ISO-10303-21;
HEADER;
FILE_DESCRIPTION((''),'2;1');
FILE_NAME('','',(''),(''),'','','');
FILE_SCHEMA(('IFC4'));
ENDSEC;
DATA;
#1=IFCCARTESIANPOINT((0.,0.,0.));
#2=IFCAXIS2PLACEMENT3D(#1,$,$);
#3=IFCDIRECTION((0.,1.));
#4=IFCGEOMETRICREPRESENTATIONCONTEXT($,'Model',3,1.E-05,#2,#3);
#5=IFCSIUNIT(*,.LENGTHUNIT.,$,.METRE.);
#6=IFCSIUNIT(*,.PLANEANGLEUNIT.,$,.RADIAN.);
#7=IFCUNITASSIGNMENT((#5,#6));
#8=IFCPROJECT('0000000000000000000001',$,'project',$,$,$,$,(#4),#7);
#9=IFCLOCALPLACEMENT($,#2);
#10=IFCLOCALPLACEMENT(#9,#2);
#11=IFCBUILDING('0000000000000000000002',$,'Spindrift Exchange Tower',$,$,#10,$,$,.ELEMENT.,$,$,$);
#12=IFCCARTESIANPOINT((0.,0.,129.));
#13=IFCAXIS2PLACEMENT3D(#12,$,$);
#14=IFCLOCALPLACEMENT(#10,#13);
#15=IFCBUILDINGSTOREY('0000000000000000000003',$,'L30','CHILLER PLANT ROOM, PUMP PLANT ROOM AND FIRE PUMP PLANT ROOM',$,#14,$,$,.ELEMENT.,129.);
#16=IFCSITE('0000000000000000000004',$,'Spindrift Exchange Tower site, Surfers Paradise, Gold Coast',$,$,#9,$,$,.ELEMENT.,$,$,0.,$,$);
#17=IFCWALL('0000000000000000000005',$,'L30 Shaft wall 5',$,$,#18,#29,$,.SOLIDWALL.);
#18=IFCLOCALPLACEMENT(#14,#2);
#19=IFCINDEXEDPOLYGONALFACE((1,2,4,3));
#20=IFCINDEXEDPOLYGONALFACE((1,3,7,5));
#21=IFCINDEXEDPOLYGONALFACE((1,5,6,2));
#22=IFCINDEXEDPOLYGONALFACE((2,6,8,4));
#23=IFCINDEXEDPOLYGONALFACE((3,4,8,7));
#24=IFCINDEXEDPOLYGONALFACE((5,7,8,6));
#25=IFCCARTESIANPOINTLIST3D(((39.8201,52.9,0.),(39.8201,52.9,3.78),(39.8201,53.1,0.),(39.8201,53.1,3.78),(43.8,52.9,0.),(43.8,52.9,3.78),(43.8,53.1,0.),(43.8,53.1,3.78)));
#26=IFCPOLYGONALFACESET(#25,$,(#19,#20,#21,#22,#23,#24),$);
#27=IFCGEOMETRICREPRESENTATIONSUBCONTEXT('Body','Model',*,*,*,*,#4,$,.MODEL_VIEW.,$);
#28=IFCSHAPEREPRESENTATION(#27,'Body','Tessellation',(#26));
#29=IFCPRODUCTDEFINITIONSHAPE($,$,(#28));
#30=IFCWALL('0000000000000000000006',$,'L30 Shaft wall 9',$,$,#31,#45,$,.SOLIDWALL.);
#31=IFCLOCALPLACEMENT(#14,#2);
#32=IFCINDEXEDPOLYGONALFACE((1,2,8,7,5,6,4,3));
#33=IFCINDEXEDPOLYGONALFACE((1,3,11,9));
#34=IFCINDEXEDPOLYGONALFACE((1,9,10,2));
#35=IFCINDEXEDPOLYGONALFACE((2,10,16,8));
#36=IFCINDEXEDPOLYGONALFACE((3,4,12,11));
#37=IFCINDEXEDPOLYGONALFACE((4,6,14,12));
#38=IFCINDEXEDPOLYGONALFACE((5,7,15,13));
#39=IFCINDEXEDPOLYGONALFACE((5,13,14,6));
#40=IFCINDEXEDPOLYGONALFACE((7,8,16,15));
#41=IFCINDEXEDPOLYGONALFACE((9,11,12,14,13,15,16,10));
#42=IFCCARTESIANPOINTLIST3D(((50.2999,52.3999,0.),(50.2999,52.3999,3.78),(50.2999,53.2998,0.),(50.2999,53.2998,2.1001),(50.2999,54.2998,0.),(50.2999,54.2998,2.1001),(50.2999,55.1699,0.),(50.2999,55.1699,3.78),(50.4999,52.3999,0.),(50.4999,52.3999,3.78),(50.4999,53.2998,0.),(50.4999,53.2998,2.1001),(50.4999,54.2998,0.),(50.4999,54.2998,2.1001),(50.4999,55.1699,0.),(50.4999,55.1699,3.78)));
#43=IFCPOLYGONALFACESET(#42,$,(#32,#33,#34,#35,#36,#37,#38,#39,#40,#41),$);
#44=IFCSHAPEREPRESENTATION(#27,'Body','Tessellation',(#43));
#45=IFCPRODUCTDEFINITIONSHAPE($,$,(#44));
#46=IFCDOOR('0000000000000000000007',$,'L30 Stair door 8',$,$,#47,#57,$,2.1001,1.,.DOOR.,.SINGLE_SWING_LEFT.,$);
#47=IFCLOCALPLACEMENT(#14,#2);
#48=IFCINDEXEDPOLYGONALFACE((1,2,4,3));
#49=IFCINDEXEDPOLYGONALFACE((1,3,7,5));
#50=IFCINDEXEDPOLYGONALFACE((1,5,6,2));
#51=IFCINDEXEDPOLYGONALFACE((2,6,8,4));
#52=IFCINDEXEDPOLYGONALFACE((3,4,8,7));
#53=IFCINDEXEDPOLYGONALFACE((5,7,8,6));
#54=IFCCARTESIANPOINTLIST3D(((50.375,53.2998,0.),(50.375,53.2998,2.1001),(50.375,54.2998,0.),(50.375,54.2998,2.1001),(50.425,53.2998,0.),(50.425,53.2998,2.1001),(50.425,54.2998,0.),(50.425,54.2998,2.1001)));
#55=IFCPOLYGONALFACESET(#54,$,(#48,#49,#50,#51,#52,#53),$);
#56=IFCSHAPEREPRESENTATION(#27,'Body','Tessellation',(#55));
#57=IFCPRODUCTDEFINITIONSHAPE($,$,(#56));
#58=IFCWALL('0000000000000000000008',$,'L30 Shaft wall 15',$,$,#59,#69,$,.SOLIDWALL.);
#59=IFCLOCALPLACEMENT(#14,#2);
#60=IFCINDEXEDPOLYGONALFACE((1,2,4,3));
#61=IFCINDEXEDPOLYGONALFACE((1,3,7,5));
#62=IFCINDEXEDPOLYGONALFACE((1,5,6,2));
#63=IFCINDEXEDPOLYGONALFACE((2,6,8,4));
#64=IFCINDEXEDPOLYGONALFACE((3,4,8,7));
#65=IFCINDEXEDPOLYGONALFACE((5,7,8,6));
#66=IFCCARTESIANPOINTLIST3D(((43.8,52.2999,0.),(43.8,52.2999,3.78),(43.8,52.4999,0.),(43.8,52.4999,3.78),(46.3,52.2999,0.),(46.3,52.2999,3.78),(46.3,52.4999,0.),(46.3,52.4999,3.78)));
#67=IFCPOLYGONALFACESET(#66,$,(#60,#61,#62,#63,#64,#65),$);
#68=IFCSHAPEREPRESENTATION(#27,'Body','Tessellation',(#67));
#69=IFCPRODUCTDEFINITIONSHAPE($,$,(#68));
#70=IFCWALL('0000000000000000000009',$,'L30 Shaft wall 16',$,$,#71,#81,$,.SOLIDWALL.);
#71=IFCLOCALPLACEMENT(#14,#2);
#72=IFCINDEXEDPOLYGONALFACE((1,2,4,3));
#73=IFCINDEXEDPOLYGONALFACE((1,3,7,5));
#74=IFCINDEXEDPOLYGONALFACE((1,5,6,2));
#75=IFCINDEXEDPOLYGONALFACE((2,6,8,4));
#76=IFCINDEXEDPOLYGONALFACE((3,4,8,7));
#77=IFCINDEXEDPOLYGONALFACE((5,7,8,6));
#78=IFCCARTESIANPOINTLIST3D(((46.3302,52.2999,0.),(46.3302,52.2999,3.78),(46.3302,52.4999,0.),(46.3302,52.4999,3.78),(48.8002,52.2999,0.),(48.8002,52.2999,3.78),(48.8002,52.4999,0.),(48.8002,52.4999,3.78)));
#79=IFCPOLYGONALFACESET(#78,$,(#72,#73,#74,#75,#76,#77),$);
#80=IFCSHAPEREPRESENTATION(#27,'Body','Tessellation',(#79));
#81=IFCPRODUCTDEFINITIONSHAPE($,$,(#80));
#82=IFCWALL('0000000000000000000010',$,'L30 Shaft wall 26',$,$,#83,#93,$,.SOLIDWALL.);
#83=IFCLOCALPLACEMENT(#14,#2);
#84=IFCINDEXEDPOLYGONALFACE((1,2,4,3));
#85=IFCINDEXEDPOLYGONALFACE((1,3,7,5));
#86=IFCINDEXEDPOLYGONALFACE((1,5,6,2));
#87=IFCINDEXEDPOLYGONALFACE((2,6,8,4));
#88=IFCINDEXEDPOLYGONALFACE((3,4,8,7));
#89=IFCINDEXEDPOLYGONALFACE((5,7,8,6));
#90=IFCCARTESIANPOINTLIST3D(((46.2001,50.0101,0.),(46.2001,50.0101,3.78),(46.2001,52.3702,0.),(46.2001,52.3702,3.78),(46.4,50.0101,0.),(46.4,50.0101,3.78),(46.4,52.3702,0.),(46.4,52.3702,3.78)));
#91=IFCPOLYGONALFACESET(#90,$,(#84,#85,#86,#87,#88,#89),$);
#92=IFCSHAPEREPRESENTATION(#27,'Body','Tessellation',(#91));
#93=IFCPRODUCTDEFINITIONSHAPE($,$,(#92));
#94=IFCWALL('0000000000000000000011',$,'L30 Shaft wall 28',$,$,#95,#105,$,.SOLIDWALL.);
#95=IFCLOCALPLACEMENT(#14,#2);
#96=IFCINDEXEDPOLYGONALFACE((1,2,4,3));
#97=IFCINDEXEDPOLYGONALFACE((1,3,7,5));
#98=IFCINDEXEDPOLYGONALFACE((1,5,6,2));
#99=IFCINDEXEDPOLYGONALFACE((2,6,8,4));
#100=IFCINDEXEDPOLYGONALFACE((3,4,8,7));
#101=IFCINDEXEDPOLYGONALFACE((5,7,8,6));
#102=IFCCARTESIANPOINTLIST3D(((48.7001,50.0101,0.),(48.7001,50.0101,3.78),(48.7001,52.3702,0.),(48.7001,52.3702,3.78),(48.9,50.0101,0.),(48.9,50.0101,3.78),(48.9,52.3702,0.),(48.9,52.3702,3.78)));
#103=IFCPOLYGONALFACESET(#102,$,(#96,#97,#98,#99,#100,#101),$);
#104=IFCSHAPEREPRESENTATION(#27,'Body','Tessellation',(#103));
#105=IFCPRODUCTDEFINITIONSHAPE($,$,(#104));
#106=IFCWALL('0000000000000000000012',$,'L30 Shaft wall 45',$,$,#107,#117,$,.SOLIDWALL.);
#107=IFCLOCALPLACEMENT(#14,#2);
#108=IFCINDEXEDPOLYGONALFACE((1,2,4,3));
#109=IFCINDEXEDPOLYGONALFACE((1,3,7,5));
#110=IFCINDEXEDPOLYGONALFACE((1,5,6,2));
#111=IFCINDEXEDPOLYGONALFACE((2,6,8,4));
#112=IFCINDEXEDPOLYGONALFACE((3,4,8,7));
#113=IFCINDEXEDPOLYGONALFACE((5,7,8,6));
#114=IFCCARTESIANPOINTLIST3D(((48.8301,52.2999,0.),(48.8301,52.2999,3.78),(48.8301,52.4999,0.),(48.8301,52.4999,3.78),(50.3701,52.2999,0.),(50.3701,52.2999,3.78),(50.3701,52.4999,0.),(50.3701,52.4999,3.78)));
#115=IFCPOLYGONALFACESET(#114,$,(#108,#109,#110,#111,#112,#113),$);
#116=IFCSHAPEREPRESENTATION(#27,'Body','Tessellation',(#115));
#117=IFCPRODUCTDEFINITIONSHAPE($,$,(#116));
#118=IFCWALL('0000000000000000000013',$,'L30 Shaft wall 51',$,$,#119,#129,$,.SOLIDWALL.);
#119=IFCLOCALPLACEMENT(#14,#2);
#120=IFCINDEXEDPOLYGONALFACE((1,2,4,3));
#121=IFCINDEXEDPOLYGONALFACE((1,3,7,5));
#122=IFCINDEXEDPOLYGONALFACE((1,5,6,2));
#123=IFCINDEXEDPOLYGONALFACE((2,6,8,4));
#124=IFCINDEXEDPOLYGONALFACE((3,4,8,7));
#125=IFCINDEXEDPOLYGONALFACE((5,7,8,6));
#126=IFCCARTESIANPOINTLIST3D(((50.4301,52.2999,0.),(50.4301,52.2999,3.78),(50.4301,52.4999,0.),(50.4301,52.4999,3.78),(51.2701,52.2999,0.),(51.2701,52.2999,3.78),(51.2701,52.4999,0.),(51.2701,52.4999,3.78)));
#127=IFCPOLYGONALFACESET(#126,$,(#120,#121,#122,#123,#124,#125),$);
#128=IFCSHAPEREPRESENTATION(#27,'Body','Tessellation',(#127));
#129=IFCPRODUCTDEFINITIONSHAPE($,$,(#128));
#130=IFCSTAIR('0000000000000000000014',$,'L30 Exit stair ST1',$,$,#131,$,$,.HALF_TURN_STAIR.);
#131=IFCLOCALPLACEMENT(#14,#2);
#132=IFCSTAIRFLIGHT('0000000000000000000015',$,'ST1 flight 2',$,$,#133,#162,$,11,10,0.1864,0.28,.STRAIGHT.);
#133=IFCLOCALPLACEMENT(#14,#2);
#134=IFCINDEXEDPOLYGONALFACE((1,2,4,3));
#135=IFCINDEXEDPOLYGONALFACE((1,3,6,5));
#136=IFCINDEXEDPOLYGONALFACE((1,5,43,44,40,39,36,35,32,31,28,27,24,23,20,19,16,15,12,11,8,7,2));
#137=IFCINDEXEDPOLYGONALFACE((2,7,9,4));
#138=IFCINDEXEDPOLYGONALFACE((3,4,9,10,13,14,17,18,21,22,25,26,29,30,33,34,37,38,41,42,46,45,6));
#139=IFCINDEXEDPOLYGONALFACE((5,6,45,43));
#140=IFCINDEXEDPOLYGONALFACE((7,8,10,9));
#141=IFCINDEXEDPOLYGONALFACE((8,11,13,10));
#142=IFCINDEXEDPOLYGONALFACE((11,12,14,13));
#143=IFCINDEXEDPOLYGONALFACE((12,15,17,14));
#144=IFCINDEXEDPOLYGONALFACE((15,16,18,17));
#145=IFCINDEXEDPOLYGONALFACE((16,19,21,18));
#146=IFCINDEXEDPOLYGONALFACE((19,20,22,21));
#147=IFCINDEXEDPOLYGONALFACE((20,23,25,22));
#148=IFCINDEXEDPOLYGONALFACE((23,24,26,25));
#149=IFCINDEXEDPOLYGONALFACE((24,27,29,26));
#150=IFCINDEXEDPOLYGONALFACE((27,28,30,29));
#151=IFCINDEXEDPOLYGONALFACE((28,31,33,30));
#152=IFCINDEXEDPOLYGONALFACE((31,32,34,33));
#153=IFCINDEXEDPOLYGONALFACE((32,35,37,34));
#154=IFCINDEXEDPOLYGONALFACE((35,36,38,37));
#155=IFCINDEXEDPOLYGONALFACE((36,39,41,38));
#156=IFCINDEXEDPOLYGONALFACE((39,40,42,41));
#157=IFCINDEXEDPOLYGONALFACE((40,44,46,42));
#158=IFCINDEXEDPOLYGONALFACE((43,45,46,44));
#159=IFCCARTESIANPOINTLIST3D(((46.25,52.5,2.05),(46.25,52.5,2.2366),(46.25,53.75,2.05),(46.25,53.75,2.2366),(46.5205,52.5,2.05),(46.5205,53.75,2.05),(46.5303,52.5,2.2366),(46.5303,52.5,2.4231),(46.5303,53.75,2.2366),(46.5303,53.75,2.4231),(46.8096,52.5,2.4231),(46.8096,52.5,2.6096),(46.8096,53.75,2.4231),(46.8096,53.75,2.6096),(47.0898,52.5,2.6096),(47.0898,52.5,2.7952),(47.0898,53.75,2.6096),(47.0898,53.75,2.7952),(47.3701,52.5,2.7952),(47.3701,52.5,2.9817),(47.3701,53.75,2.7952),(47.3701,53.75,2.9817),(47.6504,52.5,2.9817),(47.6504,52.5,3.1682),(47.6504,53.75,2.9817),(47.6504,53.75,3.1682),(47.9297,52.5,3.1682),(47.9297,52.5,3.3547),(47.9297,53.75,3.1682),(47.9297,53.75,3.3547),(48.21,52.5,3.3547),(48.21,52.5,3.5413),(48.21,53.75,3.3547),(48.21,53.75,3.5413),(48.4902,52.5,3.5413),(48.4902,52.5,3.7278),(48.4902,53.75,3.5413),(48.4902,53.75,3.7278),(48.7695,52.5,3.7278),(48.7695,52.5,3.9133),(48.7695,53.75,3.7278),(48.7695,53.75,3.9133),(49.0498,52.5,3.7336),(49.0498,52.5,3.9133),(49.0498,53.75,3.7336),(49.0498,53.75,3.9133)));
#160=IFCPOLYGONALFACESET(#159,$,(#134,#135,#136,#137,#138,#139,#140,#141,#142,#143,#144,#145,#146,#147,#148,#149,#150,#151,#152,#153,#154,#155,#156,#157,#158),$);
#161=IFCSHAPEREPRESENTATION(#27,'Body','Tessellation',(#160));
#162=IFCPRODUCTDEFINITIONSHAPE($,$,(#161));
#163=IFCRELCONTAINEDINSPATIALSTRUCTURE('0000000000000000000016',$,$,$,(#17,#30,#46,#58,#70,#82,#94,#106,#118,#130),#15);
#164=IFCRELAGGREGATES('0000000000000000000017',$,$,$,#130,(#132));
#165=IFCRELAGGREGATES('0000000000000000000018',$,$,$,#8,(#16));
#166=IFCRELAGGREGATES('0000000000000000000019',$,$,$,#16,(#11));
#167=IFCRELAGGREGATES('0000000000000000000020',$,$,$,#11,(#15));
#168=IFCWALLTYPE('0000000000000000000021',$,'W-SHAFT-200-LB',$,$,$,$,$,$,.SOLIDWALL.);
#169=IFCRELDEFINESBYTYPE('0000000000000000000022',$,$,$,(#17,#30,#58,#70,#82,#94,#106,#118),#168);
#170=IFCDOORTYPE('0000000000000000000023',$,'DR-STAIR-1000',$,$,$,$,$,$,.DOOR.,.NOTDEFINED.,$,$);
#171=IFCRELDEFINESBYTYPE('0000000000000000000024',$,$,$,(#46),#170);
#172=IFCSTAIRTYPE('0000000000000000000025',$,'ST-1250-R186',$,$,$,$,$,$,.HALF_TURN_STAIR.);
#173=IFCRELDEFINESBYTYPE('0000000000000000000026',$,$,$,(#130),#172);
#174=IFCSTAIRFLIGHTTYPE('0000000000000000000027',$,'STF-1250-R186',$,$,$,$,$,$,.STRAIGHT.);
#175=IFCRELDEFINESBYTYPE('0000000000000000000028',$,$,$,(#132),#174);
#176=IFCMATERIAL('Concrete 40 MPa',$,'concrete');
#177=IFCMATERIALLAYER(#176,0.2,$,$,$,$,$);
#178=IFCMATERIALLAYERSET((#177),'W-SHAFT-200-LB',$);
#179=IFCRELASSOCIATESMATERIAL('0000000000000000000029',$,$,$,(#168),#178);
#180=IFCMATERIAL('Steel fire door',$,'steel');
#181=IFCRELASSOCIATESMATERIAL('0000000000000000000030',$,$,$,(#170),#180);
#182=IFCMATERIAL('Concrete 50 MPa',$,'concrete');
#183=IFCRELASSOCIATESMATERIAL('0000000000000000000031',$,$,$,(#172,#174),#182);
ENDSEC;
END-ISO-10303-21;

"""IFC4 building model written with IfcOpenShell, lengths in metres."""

from ifc_helpers import new_model, si_unit, direction, frame, frame_2d, origin, place, context, subcontext, project, spatial, line, indexed_curve, rectangle, outline, extrude, source, transform, mapped, material, layer, layer_set, type_object, element, fill, aggregate, save


model = new_model("IFC4")

# Units and contexts
model_context = context("Model", 3, precision=1e-05, world=origin(), true_north=direction((0.0, 1.0)))
body_context = subcontext(model_context, "Body", "Model", "MODEL_VIEW")
ifc_project = project(units=[si_unit("LENGTHUNIT", "METRE"), si_unit("PLANEANGLEUNIT", "RADIAN")], contexts=[model_context])

# Site, building, storey
site_placement = place(None, origin())
site = spatial("IfcSite", under=ifc_project, at=site_placement, Name="Spindrift Exchange Tower site, Surfers Paradise, Gold Coast", CompositionType="ELEMENT", RefElevation=0.0)
building_placement = place(site_placement, origin())
building = spatial("IfcBuilding", under=site, at=building_placement, Name="Spindrift Exchange Tower", CompositionType="ELEMENT")
storey_placement = place(building_placement, frame((0.0, 0.0, 129.0)))
storey = spatial("IfcBuildingStorey", under=building, at=storey_placement, Name="L30", Description="CHILLER PLANT ROOM, PUMP PLANT ROOM AND FIRE PUMP PLANT ROOM", CompositionType="ELEMENT", Elevation=129.0)

# Wall
ifc_material_1 = material(Name="Concrete 40 MPa", Category="concrete")
ifc_layer = layer(ifc_material_1, 0.2)
ifc_layer_set = layer_set([ifc_layer], Name="W-SHAFT-200-LB")
wall_type = type_object("IfcWallType", Name="W-SHAFT-200-LB", PredefinedType="SOLIDWALL", material=ifc_layer_set)
wall_1_placement = place(storey_placement, frame((43.8, 53.0, 0.0), z_axis=(0.0, 0.0, 1.0), x_axis=(-1.0, 0.0, 0.0)))
element("IfcWall", 1, at=wall_1_placement, inside=storey, type_object=wall_type, Name="L30 Shaft wall 5", PredefinedType="SOLIDWALL", context=body_context, shape_type="SweptSolid", body=[
    extrude(rectangle(XDim=3.98, YDim=0.2, at=frame_2d((1.99, 0.0))), origin(), (0.0, 0.0, 1.0), 3.78),
])

# Wall, opening, door
wall_2_placement = place(storey_placement, frame((50.3999, 52.3999, 0.0), z_axis=(0.0, 0.0, 1.0), x_axis=(0.0, 1.0, 0.0)))
wall_2 = element("IfcWall", 2, at=wall_2_placement, inside=storey, type_object=wall_type, Name="L30 Shaft wall 9", PredefinedType="SOLIDWALL", context=body_context, shape_type="SweptSolid", body=[
    extrude(rectangle(XDim=2.77, YDim=0.2, at=frame_2d((1.385, 0.0))), origin(), (0.0, 0.0, 1.0), 3.78),
])
opening_placement = place(wall_2_placement, frame((0.8999, 0.0, 0.0)))
opening = element("IfcOpeningElement", 3, at=opening_placement, cuts=wall_2, PredefinedType="OPENING", context=body_context, shape_type="SweptSolid", body=[
    extrude(rectangle(XDim=1.0, YDim=2.1001, at=frame_2d((0.5, 1.05))), frame((0.0, 0.1099, 0.0), z_axis=(0.0, -1.0, 0.0), x_axis=(1.0, 0.0, 0.0)), (0.0, 0.0, 1.0), 0.22),
])
ifc_material_2 = material(Name="Steel fire door", Category="steel")
door_type = type_object("IfcDoorType", Name="DR-STAIR-1000", OperationType="NOTDEFINED", PredefinedType="DOOR", material=ifc_material_2)
shared_shape = source(origin(), body_context, "Body", "SweptSolid", [
    extrude(rectangle(XDim=1.0, YDim=2.1001, at=frame_2d((0.5, 1.05))), frame((0.0, 0.0249, 0.0), z_axis=(0.0, -1.0, 0.0), x_axis=(1.0, 0.0, 0.0)), (0.0, 0.0, 1.0), 0.05),
])
door_placement = place(opening_placement, origin())
door = element("IfcDoor", 4, at=door_placement, inside=storey, type_object=door_type, Name="L30 Stair door 8", OperationType="SINGLE_SWING_LEFT", OverallHeight=2.1001, OverallWidth=1.0, PredefinedType="DOOR", context=body_context, shape_type="MappedRepresentation", body=[
    mapped(shared_shape, transform((0.0, 0.0, 0.0), scale=1.0)),
])
fill(opening, door)

# Walls
wall_3_placement = place(storey_placement, frame((46.3, 52.3999, 0.0), z_axis=(0.0, 0.0, 1.0), x_axis=(-1.0, 0.0, 0.0)))
element("IfcWall", 5, at=wall_3_placement, inside=storey, type_object=wall_type, Name="L30 Shaft wall 15", PredefinedType="SOLIDWALL", context=body_context, shape_type="SweptSolid", body=[
    extrude(rectangle(XDim=2.5, YDim=0.2, at=frame_2d((1.25, 0.0))), origin(), (0.0, 0.0, 1.0), 3.78),
])
wall_4_placement = place(storey_placement, frame((48.8, 52.3999, 0.0), z_axis=(0.0, 0.0, 1.0), x_axis=(-1.0, 0.0, 0.0)))
element("IfcWall", 6, at=wall_4_placement, inside=storey, type_object=wall_type, Name="L30 Shaft wall 16", PredefinedType="SOLIDWALL", context=body_context, shape_type="SweptSolid", body=[
    extrude(rectangle(XDim=2.47, YDim=0.2, at=frame_2d((1.2349, 0.0))), origin(), (0.0, 0.0, 1.0), 3.78),
])
for number, where, z_axis, x_axis, name in (
    (7, (46.3, 50.01, 0.0), (0.0, 0.0, 1.0), (0.0, 1.0, 0.0), "L30 Shaft wall 26"),
    (8, (48.8, 50.01, 0.0), (0.0, 0.0, 1.0), (0.0, 1.0, 0.0), "L30 Shaft wall 28"),
):
    element("IfcWall", number, at=place(storey_placement, frame(where, z_axis=z_axis, x_axis=x_axis)), inside=storey, type_object=wall_type, Name=name, PredefinedType="SOLIDWALL", context=body_context, shape_type="SweptSolid", body=[
        extrude(rectangle(XDim=2.3601, YDim=0.2, at=frame_2d((1.1802, 0.0))), origin(), (0.0, 0.0, 1.0), 3.78),
    ])
wall_5_placement = place(storey_placement, frame((50.3701, 52.3999, 0.0), z_axis=(0.0, 0.0, 1.0), x_axis=(-1.0, 0.0, 0.0)))
element("IfcWall", 9, at=wall_5_placement, inside=storey, type_object=wall_type, Name="L30 Shaft wall 45", PredefinedType="SOLIDWALL", context=body_context, shape_type="SweptSolid", body=[
    extrude(rectangle(XDim=1.54, YDim=0.2, at=frame_2d((0.77, 0.0))), origin(), (0.0, 0.0, 1.0), 3.78),
])
wall_6_placement = place(storey_placement, frame((51.27, 52.3999, 0.0), z_axis=(0.0, 0.0, 1.0), x_axis=(-1.0, 0.0, 0.0)))
element("IfcWall", 10, at=wall_6_placement, inside=storey, type_object=wall_type, Name="L30 Shaft wall 51", PredefinedType="SOLIDWALL", context=body_context, shape_type="SweptSolid", body=[
    extrude(rectangle(XDim=0.8401, YDim=0.2, at=frame_2d((0.4199, 0.0))), origin(), (0.0, 0.0, 1.0), 3.78),
])

# Stair, stair flight
ifc_material_3 = material(Name="Concrete 50 MPa", Category="concrete")
stair_type = type_object("IfcStairType", Name="ST-1250-R186", PredefinedType="HALF_TURN_STAIR", material=ifc_material_3)
stair_placement = place(storey_placement, origin())
stair = element("IfcStair", 11, at=stair_placement, inside=storey, type_object=stair_type, Name="L30 Exit stair ST1", PredefinedType="HALF_TURN_STAIR")
stair_flight_type = type_object("IfcStairFlightType", Name="STF-1250-R186", PredefinedType="STRAIGHT", material=ifc_material_3)
stair_flight_placement = place(storey_placement, frame((46.25, 53.125, 2.05), z_axis=(0.0, 0.0, 1.0), x_axis=(1.0, 0.0, 0.0)))
stair_flight = element("IfcStairFlight", 12, at=stair_flight_placement, type_object=stair_flight_type, Name="ST1 flight 2", NumberOfRisers=11, NumberOfTreads=10, PredefinedType="STRAIGHT", RiserHeight=0.1864, TreadLength=0.28, context=body_context, shape_type="SweptSolid", body=[
    extrude(outline(indexed_curve([(0.0, 0.0), (0.0, 0.1865), (0.2803, 0.1865), (0.2803, 0.373), (0.5596, 0.373), (0.5596, 0.5596), (0.8398, 0.5596), (0.8398, 0.7451), (1.1201, 0.7451), (1.1201, 0.9316), (1.4004, 0.9316), (1.4004, 1.1182), (1.6797, 1.1182), (1.6797, 1.3047), (1.96, 1.3047), (1.96, 1.4912), (2.2402, 1.4912), (2.2402, 1.6777), (2.5195, 1.6777), (2.5195, 1.8633), (2.7998, 1.8633), (2.7998, 2.0498), (2.7998, 1.6836), (0.2705, 0.0)], segments=[line(1, 2, 3, 4, 5, 6, 7, 8, 9, 10, 11, 12, 13, 14, 15, 16, 17, 18, 19, 20, 21, 22, 23, 24, 1)], self_intersect=False)), frame((0.0, 0.625, 0.0), z_axis=(0.0, -1.0, 0.0), x_axis=(1.0, 0.0, 0.0)), (0.0, 0.0, 1.0), 1.25),
])
aggregate(stair, [stair_flight])

save(model, "model.ifc")
